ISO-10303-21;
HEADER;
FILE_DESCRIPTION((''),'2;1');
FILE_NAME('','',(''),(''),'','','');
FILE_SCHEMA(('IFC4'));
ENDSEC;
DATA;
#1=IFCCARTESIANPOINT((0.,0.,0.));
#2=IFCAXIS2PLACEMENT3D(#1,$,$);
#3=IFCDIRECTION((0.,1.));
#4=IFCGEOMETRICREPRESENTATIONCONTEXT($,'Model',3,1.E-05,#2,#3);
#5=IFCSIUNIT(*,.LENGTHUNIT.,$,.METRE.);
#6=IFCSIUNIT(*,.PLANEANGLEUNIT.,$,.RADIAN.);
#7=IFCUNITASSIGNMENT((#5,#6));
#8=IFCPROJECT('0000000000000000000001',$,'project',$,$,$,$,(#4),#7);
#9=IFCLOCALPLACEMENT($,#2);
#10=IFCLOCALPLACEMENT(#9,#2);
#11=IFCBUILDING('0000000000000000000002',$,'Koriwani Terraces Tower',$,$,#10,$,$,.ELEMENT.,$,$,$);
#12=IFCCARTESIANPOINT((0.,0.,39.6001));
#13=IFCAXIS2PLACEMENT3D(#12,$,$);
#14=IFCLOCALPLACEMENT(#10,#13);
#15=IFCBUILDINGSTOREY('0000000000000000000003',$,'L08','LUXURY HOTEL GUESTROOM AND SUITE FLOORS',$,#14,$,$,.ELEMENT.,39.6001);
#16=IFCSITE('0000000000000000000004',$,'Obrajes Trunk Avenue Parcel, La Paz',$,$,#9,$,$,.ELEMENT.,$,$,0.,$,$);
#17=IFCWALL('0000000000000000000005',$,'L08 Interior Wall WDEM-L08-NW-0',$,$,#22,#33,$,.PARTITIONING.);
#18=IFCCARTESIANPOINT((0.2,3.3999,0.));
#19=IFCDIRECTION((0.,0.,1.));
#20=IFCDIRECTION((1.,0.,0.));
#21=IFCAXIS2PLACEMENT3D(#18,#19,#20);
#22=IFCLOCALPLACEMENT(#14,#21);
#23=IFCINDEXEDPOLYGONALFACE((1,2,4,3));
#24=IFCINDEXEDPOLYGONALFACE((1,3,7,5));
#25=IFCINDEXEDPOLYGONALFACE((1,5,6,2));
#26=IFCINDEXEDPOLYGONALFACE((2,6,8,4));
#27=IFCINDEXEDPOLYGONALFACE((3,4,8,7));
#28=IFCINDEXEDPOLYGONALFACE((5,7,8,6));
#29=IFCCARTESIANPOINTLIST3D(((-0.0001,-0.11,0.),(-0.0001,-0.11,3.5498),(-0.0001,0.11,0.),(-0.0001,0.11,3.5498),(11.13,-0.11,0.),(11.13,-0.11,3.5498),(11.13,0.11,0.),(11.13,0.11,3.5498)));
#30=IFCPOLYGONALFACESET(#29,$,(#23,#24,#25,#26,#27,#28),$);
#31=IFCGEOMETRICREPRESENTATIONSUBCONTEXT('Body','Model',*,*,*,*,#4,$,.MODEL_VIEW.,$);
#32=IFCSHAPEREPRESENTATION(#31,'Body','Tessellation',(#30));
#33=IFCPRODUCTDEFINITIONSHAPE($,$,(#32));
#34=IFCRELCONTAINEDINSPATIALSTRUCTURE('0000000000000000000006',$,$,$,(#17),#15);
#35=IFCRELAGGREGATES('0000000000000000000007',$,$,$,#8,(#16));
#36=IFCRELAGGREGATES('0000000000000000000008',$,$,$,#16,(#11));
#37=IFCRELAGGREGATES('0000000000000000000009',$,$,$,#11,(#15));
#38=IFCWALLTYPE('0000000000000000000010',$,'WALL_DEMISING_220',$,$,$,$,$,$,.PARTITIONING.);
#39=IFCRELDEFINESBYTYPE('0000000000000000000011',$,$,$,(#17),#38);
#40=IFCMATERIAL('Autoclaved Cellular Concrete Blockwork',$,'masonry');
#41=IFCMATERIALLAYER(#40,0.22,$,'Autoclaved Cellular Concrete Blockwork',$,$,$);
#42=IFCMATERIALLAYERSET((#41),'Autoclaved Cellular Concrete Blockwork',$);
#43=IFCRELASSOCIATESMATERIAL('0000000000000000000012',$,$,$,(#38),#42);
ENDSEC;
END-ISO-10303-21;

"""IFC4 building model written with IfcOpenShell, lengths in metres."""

from ifc_helpers import new_model, si_unit, direction, frame, frame_2d, origin, place, context, subcontext, project, spatial, rectangle, extrude, material, layer, layer_set, type_object, element, save


model = new_model("IFC4")

# Units and contexts
model_context = context("Model", 3, precision=1e-05, world=origin(), true_north=direction((0.0, 1.0)))
body_context = subcontext(model_context, "Body", "Model", "MODEL_VIEW")
ifc_project = project(units=[si_unit("LENGTHUNIT", "METRE"), si_unit("PLANEANGLEUNIT", "RADIAN")], contexts=[model_context])

# Site, building, storey
site_placement = place(None, origin())
site = spatial("IfcSite", under=ifc_project, at=site_placement, Name="Obrajes Trunk Avenue Parcel, La Paz", CompositionType="ELEMENT", RefElevation=0.0)
building_placement = place(site_placement, origin())
building = spatial("IfcBuilding", under=site, at=building_placement, Name="Koriwani Terraces Tower", CompositionType="ELEMENT")
storey_placement = place(building_placement, frame((0.0, 0.0, 39.6001)))
storey = spatial("IfcBuildingStorey", under=building, at=storey_placement, Name="L08", Description="LUXURY HOTEL GUESTROOM AND SUITE FLOORS", CompositionType="ELEMENT", Elevation=39.6001)

# Wall
ifc_material_1 = material(Name="Autoclaved Cellular Concrete Blockwork", Category="masonry")
ifc_layer_1 = layer(ifc_material_1, 0.22, Name="Autoclaved Cellular Concrete Blockwork")
ifc_layer_set_1 = layer_set([ifc_layer_1], Name="Autoclaved Cellular Concrete Blockwork")
wall_type_1 = type_object("IfcWallType", Name="WALL_DEMISING_220", PredefinedType="PARTITIONING", material=ifc_layer_set_1)
wall_1_placement = place(storey_placement, frame((0.2, 3.3999, 0.0), z_axis=(0.0, 0.0, 1.0), x_axis=(1.0, 0.0, 0.0)))
element("IfcWall", 1, at=wall_1_placement, inside=storey, type_object=wall_type_1, Name="L08 Interior Wall WDEM-L08-NW-0", PredefinedType="PARTITIONING", context=body_context, shape_type="SweptSolid", body=[
    extrude(rectangle(XDim=11.1301, YDim=0.22, at=frame_2d((5.5649, 0.0))), origin(), (0.0, 0.0, 1.0), 3.5498),
])

save(model, "model.ifc")
